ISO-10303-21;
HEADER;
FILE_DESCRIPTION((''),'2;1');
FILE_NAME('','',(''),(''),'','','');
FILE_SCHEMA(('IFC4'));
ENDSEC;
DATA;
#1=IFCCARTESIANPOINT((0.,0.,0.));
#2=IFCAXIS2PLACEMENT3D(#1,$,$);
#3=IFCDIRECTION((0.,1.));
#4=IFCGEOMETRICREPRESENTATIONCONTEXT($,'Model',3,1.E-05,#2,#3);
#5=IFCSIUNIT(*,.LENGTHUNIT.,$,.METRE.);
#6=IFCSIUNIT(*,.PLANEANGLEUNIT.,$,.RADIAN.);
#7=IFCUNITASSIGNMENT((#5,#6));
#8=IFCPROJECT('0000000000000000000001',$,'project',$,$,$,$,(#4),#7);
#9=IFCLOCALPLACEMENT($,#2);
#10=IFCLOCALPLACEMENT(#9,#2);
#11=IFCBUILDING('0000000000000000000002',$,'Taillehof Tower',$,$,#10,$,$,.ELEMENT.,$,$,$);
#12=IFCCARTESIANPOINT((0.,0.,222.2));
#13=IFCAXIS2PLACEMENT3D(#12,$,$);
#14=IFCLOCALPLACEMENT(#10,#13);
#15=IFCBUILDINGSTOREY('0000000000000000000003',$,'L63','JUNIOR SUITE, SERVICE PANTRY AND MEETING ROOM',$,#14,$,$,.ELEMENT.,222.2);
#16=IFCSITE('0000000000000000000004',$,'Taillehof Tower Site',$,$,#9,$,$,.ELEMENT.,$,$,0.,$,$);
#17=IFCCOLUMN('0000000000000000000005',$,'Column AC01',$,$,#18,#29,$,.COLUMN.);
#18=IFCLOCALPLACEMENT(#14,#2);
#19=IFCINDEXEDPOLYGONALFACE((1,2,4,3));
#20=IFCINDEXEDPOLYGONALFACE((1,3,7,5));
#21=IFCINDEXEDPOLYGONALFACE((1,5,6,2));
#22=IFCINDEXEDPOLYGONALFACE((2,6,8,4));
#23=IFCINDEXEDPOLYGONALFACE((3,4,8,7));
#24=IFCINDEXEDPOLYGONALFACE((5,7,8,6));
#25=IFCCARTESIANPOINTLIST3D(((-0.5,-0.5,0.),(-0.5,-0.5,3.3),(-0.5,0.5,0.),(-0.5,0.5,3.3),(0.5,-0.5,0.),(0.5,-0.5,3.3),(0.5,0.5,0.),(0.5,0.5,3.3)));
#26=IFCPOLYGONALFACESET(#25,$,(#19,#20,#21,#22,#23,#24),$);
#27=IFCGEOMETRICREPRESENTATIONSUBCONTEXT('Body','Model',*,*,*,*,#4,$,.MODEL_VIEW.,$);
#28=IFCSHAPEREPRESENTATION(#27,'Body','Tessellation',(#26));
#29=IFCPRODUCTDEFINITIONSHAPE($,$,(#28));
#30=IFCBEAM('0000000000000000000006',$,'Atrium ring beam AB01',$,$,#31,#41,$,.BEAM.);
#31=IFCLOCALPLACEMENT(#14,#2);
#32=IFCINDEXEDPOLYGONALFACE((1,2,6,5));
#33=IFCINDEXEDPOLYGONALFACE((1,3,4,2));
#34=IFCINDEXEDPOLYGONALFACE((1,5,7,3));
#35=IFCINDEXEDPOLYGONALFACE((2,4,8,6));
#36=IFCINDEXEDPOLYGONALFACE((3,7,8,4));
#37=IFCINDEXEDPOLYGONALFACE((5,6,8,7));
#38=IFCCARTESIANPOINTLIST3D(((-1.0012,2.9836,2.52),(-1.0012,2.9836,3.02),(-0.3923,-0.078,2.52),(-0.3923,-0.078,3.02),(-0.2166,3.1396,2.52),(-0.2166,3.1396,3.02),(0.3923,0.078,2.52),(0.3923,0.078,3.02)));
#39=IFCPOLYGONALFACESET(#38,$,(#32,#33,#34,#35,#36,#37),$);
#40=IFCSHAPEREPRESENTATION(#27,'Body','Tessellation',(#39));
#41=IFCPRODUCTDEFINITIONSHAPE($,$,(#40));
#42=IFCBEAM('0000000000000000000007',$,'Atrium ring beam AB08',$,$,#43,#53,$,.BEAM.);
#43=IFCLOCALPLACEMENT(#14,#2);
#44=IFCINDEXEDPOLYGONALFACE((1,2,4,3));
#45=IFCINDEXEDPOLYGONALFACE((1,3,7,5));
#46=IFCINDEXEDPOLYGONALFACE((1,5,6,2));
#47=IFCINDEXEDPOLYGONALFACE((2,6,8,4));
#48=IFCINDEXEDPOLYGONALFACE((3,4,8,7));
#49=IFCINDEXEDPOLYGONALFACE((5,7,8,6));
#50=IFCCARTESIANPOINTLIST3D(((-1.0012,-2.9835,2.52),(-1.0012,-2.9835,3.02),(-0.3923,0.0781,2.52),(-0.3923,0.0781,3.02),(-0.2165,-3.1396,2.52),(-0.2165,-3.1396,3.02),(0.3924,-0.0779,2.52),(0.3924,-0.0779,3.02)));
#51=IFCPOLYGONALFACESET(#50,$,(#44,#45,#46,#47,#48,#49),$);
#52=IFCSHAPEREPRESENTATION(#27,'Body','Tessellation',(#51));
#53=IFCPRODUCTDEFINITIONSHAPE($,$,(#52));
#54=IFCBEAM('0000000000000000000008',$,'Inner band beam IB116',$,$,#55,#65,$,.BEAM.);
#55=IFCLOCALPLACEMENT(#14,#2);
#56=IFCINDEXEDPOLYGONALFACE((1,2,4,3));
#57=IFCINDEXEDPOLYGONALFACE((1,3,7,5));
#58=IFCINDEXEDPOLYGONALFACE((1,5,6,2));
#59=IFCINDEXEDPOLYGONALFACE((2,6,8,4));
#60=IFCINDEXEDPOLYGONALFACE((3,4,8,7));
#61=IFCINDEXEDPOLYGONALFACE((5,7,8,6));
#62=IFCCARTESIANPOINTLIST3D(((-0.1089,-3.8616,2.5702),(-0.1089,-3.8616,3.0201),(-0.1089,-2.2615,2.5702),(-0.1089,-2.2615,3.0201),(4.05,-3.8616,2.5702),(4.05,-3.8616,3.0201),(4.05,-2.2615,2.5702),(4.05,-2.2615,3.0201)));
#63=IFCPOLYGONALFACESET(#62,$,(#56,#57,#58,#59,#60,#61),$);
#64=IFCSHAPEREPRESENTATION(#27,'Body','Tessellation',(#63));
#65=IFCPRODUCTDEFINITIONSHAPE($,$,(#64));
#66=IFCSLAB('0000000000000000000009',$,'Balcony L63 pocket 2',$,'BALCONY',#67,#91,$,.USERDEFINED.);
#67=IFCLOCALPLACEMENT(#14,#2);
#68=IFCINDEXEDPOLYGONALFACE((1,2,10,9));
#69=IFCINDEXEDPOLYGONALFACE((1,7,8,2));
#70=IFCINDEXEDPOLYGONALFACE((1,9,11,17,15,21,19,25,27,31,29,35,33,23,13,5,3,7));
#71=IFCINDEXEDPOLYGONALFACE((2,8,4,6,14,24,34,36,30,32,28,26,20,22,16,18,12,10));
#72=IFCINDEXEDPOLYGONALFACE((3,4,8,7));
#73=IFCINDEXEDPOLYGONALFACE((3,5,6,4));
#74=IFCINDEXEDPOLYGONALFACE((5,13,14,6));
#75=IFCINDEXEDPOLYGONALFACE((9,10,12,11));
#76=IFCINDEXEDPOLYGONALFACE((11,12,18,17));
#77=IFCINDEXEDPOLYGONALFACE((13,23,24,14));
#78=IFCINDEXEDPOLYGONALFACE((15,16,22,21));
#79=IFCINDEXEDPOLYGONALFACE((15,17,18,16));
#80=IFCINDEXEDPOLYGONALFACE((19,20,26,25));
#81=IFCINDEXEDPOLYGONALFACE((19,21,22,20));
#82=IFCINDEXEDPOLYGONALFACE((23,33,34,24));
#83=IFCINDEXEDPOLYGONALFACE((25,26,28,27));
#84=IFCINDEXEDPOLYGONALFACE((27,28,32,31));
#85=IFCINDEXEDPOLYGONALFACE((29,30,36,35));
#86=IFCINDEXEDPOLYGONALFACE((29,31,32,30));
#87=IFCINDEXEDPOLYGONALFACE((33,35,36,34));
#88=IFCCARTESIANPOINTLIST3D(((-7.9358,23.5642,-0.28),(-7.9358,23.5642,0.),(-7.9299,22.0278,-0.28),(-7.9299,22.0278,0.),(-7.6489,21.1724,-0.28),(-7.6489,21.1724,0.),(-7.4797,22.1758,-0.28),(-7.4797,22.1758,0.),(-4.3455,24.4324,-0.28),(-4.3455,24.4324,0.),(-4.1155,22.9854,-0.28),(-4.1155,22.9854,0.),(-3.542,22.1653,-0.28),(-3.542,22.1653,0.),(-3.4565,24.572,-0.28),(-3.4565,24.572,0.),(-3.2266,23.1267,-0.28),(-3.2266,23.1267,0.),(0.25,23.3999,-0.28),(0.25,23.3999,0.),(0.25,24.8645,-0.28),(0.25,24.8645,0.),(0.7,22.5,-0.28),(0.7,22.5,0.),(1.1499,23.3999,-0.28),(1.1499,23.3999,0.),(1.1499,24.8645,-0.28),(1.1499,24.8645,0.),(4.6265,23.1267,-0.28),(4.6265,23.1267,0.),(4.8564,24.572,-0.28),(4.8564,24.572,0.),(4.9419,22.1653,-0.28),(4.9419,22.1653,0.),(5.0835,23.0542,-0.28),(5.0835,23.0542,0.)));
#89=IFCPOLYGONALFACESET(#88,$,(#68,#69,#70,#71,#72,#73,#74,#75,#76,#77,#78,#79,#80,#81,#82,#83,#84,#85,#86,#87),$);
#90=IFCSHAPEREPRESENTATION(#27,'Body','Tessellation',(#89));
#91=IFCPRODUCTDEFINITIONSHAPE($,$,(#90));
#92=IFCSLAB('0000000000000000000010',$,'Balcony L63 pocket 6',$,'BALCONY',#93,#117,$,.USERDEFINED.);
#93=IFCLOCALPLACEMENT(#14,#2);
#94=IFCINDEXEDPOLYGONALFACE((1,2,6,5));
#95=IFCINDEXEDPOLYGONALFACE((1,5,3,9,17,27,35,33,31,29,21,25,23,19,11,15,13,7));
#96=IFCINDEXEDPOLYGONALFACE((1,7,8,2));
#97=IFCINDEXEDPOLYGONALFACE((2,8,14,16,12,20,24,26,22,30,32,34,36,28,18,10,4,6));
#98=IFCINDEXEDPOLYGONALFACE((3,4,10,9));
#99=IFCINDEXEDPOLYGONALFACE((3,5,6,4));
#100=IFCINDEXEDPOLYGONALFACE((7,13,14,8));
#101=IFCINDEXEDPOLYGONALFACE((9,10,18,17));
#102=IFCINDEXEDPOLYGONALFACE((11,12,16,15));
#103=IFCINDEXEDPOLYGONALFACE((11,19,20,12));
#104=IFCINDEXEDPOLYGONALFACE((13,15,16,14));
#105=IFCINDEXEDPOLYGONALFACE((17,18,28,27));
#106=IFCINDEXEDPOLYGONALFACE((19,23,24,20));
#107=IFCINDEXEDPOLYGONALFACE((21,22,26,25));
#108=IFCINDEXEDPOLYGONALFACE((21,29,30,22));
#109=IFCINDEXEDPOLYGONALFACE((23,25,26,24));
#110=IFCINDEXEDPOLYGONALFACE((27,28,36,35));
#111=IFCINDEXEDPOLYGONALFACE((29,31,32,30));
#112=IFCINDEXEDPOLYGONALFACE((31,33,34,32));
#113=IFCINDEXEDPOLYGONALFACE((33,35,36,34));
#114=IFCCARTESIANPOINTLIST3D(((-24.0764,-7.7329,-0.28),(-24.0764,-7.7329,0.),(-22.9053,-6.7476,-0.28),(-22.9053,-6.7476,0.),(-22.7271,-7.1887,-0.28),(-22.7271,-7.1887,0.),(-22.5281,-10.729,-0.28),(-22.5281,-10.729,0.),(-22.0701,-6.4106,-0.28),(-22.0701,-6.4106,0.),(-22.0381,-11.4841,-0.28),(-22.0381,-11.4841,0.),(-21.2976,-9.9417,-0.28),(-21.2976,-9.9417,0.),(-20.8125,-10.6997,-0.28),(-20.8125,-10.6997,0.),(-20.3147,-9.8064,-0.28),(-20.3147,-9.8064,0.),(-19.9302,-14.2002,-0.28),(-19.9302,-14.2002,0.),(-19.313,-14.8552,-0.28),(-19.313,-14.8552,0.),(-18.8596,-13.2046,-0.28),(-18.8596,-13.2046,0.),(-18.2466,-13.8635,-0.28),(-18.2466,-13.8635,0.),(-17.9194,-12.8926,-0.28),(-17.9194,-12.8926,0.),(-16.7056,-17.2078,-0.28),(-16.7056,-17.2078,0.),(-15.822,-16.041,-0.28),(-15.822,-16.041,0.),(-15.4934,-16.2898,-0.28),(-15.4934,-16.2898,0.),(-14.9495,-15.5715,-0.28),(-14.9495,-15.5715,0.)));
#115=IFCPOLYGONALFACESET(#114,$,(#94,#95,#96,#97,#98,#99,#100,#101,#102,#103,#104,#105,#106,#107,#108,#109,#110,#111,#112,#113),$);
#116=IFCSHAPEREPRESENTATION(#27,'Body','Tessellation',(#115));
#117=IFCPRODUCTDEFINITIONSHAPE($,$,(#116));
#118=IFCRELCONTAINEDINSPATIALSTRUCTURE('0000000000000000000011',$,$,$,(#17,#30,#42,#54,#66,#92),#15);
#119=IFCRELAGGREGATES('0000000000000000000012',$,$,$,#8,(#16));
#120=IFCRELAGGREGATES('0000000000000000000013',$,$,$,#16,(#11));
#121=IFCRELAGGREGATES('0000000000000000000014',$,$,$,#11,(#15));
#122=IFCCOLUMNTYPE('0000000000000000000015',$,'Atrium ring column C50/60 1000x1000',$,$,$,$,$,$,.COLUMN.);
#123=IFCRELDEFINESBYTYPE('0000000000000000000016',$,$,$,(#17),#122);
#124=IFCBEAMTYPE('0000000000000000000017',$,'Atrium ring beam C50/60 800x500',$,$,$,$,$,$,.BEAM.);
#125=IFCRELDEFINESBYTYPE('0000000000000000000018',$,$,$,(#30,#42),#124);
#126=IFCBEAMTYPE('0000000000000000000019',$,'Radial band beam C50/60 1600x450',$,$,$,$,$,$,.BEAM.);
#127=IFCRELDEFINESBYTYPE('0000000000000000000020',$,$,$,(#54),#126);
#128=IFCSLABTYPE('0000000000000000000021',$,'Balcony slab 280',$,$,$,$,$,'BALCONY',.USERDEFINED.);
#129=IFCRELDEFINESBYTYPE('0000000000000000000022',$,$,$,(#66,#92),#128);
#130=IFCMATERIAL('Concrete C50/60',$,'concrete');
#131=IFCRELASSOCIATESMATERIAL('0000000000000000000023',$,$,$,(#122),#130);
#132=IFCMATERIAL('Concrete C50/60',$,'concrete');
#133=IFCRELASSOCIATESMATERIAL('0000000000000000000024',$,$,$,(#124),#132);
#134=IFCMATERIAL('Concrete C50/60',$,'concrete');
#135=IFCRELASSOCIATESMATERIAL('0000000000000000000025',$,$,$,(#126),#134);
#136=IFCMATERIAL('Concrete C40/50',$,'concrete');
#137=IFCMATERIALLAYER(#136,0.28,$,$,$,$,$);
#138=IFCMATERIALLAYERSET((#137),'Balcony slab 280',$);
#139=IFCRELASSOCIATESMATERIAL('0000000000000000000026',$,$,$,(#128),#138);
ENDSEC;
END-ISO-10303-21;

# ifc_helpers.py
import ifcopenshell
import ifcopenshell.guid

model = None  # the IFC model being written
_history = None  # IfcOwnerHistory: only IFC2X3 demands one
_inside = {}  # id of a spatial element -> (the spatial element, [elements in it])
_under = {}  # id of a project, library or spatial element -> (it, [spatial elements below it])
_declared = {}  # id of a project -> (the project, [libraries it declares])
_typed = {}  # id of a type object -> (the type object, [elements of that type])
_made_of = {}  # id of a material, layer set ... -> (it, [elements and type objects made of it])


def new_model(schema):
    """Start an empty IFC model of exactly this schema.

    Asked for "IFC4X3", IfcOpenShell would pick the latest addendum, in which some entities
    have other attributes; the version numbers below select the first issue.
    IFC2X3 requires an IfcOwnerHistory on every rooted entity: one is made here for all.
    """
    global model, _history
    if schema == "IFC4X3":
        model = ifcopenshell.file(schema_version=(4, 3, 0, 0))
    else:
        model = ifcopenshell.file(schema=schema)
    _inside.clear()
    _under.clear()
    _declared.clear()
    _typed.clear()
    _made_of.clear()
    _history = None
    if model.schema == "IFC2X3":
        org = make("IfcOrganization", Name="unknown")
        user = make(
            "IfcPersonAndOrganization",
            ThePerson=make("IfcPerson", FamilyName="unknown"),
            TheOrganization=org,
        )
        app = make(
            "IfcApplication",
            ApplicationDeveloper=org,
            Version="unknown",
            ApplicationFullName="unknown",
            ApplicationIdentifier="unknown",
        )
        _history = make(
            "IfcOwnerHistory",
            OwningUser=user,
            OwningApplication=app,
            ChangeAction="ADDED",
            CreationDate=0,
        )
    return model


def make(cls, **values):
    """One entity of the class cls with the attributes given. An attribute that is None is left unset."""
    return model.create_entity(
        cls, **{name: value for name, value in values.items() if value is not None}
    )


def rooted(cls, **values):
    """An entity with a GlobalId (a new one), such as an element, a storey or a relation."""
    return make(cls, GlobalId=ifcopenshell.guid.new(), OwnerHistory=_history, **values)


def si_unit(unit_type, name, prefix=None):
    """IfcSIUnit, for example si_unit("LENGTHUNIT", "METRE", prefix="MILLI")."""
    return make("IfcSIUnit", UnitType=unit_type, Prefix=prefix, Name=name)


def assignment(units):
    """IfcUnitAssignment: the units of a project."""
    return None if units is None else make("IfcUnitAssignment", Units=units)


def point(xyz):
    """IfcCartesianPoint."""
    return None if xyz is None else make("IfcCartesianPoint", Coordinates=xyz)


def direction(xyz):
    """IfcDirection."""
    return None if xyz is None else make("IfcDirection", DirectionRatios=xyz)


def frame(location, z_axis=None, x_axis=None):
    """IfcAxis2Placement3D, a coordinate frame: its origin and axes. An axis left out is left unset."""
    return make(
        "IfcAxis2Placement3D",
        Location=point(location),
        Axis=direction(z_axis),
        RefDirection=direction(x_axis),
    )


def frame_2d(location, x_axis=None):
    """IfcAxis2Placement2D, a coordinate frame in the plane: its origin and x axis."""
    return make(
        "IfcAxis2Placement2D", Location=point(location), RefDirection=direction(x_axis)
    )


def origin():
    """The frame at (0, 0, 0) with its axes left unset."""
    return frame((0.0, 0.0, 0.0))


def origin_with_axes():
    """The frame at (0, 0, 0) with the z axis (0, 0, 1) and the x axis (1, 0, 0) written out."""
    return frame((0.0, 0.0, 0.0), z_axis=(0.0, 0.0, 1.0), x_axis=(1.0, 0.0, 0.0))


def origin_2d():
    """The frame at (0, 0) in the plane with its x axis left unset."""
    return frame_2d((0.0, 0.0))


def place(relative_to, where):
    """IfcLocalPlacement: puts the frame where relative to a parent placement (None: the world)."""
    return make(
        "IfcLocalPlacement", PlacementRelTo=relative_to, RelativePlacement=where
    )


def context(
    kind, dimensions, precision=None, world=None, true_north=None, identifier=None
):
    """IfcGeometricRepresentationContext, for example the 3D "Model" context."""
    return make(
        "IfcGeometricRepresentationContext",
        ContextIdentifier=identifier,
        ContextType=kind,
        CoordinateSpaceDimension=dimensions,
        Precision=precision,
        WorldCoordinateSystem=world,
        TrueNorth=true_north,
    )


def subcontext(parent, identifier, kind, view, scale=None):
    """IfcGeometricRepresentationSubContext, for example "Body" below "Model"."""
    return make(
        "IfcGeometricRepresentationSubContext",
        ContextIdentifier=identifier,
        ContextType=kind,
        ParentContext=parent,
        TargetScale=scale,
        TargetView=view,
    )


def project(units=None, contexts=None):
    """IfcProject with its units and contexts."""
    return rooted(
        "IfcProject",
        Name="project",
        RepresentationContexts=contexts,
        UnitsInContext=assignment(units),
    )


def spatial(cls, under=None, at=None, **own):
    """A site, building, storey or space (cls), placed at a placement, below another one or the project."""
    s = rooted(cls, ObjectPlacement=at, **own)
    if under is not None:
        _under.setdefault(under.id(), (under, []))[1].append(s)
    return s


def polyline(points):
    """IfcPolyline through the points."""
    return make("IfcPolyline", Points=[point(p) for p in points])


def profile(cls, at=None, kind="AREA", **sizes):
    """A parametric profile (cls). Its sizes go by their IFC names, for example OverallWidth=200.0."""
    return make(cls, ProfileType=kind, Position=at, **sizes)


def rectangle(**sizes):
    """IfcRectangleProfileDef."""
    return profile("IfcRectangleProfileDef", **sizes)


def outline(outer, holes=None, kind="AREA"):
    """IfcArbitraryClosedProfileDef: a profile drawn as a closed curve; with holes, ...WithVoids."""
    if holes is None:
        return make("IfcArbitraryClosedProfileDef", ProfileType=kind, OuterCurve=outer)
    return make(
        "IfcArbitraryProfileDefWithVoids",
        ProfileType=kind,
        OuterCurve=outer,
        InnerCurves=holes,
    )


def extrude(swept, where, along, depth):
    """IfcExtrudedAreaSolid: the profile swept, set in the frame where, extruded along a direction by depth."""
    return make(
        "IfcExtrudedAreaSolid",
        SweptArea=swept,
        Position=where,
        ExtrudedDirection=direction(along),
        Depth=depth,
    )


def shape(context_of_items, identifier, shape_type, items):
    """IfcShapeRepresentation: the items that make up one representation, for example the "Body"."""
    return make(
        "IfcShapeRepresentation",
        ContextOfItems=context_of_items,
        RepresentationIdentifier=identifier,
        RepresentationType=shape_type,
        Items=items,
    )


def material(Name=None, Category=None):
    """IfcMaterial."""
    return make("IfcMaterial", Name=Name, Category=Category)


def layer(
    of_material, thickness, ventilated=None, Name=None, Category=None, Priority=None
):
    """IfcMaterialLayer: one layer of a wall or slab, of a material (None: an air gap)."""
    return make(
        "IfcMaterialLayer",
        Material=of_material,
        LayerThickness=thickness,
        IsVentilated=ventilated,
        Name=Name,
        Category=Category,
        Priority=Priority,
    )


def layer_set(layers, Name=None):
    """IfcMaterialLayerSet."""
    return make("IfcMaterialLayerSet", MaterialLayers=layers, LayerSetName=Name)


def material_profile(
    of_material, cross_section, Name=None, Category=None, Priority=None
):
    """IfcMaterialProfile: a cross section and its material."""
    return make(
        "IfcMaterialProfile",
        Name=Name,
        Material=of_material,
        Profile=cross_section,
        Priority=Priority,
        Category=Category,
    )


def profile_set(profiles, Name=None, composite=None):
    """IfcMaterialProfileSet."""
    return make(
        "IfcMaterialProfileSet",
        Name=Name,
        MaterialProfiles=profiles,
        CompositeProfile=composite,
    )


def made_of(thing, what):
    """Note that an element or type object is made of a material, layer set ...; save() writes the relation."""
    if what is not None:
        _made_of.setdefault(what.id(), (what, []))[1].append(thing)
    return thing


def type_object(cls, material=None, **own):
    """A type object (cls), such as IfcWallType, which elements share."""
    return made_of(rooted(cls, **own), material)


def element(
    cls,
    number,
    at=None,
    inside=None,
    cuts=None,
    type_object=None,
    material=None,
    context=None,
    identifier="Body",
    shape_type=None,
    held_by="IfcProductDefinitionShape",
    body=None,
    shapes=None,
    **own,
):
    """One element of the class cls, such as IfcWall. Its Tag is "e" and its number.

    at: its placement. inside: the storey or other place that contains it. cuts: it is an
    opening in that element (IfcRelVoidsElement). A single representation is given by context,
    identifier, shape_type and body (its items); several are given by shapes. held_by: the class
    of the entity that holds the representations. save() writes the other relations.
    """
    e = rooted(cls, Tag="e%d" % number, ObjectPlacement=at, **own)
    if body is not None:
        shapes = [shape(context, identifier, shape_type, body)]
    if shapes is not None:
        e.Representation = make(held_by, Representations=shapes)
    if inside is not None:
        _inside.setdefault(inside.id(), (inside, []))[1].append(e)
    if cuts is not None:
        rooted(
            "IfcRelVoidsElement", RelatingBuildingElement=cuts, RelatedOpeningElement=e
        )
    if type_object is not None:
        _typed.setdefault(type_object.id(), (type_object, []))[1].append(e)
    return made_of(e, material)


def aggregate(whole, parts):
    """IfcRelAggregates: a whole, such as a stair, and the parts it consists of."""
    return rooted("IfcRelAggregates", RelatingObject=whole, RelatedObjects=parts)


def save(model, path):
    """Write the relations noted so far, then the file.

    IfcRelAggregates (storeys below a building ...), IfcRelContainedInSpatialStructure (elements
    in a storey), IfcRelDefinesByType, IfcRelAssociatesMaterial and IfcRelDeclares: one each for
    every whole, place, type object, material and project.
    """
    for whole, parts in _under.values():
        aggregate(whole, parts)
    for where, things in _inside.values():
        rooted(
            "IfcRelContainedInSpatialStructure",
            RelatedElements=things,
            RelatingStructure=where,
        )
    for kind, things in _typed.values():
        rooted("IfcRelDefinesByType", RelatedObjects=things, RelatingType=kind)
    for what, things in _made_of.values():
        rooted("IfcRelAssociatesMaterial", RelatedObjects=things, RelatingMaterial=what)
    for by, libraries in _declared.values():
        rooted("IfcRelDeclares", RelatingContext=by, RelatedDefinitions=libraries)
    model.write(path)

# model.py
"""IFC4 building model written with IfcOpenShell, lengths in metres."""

from ifc_helpers import new_model, si_unit, direction, frame, origin, origin_with_axes, origin_2d, place, context, subcontext, project, spatial, polyline, rectangle, outline, extrude, material, layer, layer_set, material_profile, profile_set, type_object, element, save


model = new_model("IFC4")

# Units and contexts
model_context = context("Model", 3, precision=1e-05, world=origin(), true_north=direction((0.0, 1.0)))
body_context = subcontext(model_context, "Body", "Model", "MODEL_VIEW")
ifc_project = project(units=[si_unit("LENGTHUNIT", "METRE"), si_unit("PLANEANGLEUNIT", "RADIAN")], contexts=[model_context])

# Site, building, storey
site_placement = place(None, origin())
site = spatial("IfcSite", under=ifc_project, at=site_placement, Name="Taillehof Tower Site", CompositionType="ELEMENT", RefElevation=0.0)
building_placement = place(site_placement, origin())
building = spatial("IfcBuilding", under=site, at=building_placement, Name="Taillehof Tower", CompositionType="ELEMENT")
storey_placement = place(building_placement, frame((0.0, 0.0, 222.2)))
storey = spatial("IfcBuildingStorey", under=building, at=storey_placement, Name="L63", Description="JUNIOR SUITE, SERVICE PANTRY AND MEETING ROOM", CompositionType="ELEMENT", Elevation=222.2)

# Column
ifc_material_1 = material(Name="Concrete C50/60", Category="concrete")
ifc_material_profile_1 = material_profile(ifc_material_1, rectangle(XDim=1.0, YDim=1.0, at=origin_2d()), Name="RC 1000x1000")
ifc_profile_set_1 = profile_set([ifc_material_profile_1], Name="Concrete C50/60")
column_type = type_object("IfcColumnType", Name="Atrium ring column C50/60 1000x1000", PredefinedType="COLUMN", material=ifc_profile_set_1)
column_placement = place(storey_placement, origin_with_axes())
element("IfcColumn", 1, at=column_placement, inside=storey, type_object=column_type, Name="Column AC01", PredefinedType="COLUMN", context=body_context, shape_type="SweptSolid", body=[
    extrude(rectangle(XDim=1.0, YDim=1.0, at=origin_2d()), origin(), (0.0, 0.0, 1.0), 3.3),
])

# Beams
ifc_material_2 = material(Name="Concrete C50/60", Category="concrete")
ifc_material_profile_2 = material_profile(ifc_material_2, rectangle(XDim=0.8, YDim=0.5, at=origin_2d()), Name="RC 800x500")
ifc_profile_set_2 = profile_set([ifc_material_profile_2], Name="Concrete C50/60")
beam_type_1 = type_object("IfcBeamType", Name="Atrium ring beam C50/60 800x500", PredefinedType="BEAM", material=ifc_profile_set_2)
for number, where, z_axis, x_axis, name in (
    (2, (0.0, 0.0, 2.77), (-0.195063, 0.980791, 0.0), (-0.980791, -0.195063, 0.0), "Atrium ring beam AB01"),
    (3, (-0.6089, -3.0615, 2.77), (0.195063, 0.980791, 0.0), (-0.980791, 0.195063, 0.0), "Atrium ring beam AB08"),
):
    element("IfcBeam", number, at=place(storey_placement, frame(where, z_axis=z_axis, x_axis=x_axis)), inside=storey, type_object=beam_type_1, Name=name, PredefinedType="BEAM", context=body_context, shape_type="SweptSolid", body=[
        extrude(rectangle(XDim=0.8, YDim=0.5, at=origin_2d()), origin(), (0.0, 0.0, 1.0), 3.1216),
    ])
ifc_material_3 = material(Name="Concrete C50/60", Category="concrete")
ifc_material_profile_3 = material_profile(ifc_material_3, rectangle(XDim=1.6001, YDim=0.45, at=origin_2d()), Name="RC 1600x450")
ifc_profile_set_3 = profile_set([ifc_material_profile_3], Name="Concrete C50/60")
beam_type_2 = type_object("IfcBeamType", Name="Radial band beam C50/60 1600x450", PredefinedType="BEAM", material=ifc_profile_set_3)
beam_placement = place(storey_placement, frame((-0.1089, -3.0615, 2.7952), z_axis=(1.0, 0.0, 0.0), x_axis=(0.0, 1.0, 0.0)))
element("IfcBeam", 4, at=beam_placement, inside=storey, type_object=beam_type_2, Name="Inner band beam IB116", PredefinedType="BEAM", context=body_context, shape_type="SweptSolid", body=[
    extrude(rectangle(XDim=1.6001, YDim=0.45, at=origin_2d()), origin(), (0.0, 0.0, 1.0), 4.1589),
])

# Slabs
ifc_material_4 = material(Name="Concrete C40/50", Category="concrete")
ifc_layer_1 = layer(ifc_material_4, 0.28)
ifc_layer_set_1 = layer_set([ifc_layer_1], Name="Balcony slab 280")
slab_type_1 = type_object("IfcSlabType", Name="Balcony slab 280", ElementType="BALCONY", PredefinedType="USERDEFINED", material=ifc_layer_set_1)
slab_1_placement = place(storey_placement, frame((0.0, 0.0, -0.28)))
element("IfcSlab", 5, at=slab_1_placement, inside=storey, type_object=slab_type_1, Name="Balcony L63 pocket 2", ObjectType="BALCONY", PredefinedType="USERDEFINED", context=body_context, shape_type="SweptSolid", body=[
    extrude(outline(polyline([(-7.6489, 21.1724), (-7.9299, 22.0278), (-7.4797, 22.1758), (-7.9358, 23.5642), (-4.3455, 24.4324), (-4.1155, 22.9854), (-3.2266, 23.1267), (-3.4565, 24.572), (0.25, 24.8645), (0.25, 23.3999), (1.1499, 23.3999), (1.1499, 24.8645), (4.8564, 24.572), (4.6265, 23.1267), (5.0835, 23.0542), (4.9419, 22.1653), (0.7, 22.5), (-3.542, 22.1653), (-7.6489, 21.1724)])), origin(), (0.0, 0.0, 1.0), 0.28),
])
slab_2_placement = place(storey_placement, frame((0.0, 0.0, -0.28)))
element("IfcSlab", 6, at=slab_2_placement, inside=storey, type_object=slab_type_1, Name="Balcony L63 pocket 6", ObjectType="BALCONY", PredefinedType="USERDEFINED", context=body_context, shape_type="SweptSolid", body=[
    extrude(outline(polyline([(-14.9495, -15.5715), (-15.4934, -16.2898), (-15.822, -16.041), (-16.7056, -17.2078), (-19.313, -14.8552), (-18.2466, -13.8635), (-18.8596, -13.2046), (-19.9302, -14.2002), (-22.0381, -11.4841), (-20.8125, -10.6997), (-21.2976, -9.9417), (-22.5281, -10.729), (-24.0764, -7.7329), (-22.7271, -7.1887), (-22.9053, -6.7476), (-22.0701, -6.4106), (-20.3147, -9.8064), (-17.9194, -12.8926), (-14.9495, -15.5715)])), origin(), (0.0, 0.0, 1.0), 0.28),
])

save(model, "model.ifc")
